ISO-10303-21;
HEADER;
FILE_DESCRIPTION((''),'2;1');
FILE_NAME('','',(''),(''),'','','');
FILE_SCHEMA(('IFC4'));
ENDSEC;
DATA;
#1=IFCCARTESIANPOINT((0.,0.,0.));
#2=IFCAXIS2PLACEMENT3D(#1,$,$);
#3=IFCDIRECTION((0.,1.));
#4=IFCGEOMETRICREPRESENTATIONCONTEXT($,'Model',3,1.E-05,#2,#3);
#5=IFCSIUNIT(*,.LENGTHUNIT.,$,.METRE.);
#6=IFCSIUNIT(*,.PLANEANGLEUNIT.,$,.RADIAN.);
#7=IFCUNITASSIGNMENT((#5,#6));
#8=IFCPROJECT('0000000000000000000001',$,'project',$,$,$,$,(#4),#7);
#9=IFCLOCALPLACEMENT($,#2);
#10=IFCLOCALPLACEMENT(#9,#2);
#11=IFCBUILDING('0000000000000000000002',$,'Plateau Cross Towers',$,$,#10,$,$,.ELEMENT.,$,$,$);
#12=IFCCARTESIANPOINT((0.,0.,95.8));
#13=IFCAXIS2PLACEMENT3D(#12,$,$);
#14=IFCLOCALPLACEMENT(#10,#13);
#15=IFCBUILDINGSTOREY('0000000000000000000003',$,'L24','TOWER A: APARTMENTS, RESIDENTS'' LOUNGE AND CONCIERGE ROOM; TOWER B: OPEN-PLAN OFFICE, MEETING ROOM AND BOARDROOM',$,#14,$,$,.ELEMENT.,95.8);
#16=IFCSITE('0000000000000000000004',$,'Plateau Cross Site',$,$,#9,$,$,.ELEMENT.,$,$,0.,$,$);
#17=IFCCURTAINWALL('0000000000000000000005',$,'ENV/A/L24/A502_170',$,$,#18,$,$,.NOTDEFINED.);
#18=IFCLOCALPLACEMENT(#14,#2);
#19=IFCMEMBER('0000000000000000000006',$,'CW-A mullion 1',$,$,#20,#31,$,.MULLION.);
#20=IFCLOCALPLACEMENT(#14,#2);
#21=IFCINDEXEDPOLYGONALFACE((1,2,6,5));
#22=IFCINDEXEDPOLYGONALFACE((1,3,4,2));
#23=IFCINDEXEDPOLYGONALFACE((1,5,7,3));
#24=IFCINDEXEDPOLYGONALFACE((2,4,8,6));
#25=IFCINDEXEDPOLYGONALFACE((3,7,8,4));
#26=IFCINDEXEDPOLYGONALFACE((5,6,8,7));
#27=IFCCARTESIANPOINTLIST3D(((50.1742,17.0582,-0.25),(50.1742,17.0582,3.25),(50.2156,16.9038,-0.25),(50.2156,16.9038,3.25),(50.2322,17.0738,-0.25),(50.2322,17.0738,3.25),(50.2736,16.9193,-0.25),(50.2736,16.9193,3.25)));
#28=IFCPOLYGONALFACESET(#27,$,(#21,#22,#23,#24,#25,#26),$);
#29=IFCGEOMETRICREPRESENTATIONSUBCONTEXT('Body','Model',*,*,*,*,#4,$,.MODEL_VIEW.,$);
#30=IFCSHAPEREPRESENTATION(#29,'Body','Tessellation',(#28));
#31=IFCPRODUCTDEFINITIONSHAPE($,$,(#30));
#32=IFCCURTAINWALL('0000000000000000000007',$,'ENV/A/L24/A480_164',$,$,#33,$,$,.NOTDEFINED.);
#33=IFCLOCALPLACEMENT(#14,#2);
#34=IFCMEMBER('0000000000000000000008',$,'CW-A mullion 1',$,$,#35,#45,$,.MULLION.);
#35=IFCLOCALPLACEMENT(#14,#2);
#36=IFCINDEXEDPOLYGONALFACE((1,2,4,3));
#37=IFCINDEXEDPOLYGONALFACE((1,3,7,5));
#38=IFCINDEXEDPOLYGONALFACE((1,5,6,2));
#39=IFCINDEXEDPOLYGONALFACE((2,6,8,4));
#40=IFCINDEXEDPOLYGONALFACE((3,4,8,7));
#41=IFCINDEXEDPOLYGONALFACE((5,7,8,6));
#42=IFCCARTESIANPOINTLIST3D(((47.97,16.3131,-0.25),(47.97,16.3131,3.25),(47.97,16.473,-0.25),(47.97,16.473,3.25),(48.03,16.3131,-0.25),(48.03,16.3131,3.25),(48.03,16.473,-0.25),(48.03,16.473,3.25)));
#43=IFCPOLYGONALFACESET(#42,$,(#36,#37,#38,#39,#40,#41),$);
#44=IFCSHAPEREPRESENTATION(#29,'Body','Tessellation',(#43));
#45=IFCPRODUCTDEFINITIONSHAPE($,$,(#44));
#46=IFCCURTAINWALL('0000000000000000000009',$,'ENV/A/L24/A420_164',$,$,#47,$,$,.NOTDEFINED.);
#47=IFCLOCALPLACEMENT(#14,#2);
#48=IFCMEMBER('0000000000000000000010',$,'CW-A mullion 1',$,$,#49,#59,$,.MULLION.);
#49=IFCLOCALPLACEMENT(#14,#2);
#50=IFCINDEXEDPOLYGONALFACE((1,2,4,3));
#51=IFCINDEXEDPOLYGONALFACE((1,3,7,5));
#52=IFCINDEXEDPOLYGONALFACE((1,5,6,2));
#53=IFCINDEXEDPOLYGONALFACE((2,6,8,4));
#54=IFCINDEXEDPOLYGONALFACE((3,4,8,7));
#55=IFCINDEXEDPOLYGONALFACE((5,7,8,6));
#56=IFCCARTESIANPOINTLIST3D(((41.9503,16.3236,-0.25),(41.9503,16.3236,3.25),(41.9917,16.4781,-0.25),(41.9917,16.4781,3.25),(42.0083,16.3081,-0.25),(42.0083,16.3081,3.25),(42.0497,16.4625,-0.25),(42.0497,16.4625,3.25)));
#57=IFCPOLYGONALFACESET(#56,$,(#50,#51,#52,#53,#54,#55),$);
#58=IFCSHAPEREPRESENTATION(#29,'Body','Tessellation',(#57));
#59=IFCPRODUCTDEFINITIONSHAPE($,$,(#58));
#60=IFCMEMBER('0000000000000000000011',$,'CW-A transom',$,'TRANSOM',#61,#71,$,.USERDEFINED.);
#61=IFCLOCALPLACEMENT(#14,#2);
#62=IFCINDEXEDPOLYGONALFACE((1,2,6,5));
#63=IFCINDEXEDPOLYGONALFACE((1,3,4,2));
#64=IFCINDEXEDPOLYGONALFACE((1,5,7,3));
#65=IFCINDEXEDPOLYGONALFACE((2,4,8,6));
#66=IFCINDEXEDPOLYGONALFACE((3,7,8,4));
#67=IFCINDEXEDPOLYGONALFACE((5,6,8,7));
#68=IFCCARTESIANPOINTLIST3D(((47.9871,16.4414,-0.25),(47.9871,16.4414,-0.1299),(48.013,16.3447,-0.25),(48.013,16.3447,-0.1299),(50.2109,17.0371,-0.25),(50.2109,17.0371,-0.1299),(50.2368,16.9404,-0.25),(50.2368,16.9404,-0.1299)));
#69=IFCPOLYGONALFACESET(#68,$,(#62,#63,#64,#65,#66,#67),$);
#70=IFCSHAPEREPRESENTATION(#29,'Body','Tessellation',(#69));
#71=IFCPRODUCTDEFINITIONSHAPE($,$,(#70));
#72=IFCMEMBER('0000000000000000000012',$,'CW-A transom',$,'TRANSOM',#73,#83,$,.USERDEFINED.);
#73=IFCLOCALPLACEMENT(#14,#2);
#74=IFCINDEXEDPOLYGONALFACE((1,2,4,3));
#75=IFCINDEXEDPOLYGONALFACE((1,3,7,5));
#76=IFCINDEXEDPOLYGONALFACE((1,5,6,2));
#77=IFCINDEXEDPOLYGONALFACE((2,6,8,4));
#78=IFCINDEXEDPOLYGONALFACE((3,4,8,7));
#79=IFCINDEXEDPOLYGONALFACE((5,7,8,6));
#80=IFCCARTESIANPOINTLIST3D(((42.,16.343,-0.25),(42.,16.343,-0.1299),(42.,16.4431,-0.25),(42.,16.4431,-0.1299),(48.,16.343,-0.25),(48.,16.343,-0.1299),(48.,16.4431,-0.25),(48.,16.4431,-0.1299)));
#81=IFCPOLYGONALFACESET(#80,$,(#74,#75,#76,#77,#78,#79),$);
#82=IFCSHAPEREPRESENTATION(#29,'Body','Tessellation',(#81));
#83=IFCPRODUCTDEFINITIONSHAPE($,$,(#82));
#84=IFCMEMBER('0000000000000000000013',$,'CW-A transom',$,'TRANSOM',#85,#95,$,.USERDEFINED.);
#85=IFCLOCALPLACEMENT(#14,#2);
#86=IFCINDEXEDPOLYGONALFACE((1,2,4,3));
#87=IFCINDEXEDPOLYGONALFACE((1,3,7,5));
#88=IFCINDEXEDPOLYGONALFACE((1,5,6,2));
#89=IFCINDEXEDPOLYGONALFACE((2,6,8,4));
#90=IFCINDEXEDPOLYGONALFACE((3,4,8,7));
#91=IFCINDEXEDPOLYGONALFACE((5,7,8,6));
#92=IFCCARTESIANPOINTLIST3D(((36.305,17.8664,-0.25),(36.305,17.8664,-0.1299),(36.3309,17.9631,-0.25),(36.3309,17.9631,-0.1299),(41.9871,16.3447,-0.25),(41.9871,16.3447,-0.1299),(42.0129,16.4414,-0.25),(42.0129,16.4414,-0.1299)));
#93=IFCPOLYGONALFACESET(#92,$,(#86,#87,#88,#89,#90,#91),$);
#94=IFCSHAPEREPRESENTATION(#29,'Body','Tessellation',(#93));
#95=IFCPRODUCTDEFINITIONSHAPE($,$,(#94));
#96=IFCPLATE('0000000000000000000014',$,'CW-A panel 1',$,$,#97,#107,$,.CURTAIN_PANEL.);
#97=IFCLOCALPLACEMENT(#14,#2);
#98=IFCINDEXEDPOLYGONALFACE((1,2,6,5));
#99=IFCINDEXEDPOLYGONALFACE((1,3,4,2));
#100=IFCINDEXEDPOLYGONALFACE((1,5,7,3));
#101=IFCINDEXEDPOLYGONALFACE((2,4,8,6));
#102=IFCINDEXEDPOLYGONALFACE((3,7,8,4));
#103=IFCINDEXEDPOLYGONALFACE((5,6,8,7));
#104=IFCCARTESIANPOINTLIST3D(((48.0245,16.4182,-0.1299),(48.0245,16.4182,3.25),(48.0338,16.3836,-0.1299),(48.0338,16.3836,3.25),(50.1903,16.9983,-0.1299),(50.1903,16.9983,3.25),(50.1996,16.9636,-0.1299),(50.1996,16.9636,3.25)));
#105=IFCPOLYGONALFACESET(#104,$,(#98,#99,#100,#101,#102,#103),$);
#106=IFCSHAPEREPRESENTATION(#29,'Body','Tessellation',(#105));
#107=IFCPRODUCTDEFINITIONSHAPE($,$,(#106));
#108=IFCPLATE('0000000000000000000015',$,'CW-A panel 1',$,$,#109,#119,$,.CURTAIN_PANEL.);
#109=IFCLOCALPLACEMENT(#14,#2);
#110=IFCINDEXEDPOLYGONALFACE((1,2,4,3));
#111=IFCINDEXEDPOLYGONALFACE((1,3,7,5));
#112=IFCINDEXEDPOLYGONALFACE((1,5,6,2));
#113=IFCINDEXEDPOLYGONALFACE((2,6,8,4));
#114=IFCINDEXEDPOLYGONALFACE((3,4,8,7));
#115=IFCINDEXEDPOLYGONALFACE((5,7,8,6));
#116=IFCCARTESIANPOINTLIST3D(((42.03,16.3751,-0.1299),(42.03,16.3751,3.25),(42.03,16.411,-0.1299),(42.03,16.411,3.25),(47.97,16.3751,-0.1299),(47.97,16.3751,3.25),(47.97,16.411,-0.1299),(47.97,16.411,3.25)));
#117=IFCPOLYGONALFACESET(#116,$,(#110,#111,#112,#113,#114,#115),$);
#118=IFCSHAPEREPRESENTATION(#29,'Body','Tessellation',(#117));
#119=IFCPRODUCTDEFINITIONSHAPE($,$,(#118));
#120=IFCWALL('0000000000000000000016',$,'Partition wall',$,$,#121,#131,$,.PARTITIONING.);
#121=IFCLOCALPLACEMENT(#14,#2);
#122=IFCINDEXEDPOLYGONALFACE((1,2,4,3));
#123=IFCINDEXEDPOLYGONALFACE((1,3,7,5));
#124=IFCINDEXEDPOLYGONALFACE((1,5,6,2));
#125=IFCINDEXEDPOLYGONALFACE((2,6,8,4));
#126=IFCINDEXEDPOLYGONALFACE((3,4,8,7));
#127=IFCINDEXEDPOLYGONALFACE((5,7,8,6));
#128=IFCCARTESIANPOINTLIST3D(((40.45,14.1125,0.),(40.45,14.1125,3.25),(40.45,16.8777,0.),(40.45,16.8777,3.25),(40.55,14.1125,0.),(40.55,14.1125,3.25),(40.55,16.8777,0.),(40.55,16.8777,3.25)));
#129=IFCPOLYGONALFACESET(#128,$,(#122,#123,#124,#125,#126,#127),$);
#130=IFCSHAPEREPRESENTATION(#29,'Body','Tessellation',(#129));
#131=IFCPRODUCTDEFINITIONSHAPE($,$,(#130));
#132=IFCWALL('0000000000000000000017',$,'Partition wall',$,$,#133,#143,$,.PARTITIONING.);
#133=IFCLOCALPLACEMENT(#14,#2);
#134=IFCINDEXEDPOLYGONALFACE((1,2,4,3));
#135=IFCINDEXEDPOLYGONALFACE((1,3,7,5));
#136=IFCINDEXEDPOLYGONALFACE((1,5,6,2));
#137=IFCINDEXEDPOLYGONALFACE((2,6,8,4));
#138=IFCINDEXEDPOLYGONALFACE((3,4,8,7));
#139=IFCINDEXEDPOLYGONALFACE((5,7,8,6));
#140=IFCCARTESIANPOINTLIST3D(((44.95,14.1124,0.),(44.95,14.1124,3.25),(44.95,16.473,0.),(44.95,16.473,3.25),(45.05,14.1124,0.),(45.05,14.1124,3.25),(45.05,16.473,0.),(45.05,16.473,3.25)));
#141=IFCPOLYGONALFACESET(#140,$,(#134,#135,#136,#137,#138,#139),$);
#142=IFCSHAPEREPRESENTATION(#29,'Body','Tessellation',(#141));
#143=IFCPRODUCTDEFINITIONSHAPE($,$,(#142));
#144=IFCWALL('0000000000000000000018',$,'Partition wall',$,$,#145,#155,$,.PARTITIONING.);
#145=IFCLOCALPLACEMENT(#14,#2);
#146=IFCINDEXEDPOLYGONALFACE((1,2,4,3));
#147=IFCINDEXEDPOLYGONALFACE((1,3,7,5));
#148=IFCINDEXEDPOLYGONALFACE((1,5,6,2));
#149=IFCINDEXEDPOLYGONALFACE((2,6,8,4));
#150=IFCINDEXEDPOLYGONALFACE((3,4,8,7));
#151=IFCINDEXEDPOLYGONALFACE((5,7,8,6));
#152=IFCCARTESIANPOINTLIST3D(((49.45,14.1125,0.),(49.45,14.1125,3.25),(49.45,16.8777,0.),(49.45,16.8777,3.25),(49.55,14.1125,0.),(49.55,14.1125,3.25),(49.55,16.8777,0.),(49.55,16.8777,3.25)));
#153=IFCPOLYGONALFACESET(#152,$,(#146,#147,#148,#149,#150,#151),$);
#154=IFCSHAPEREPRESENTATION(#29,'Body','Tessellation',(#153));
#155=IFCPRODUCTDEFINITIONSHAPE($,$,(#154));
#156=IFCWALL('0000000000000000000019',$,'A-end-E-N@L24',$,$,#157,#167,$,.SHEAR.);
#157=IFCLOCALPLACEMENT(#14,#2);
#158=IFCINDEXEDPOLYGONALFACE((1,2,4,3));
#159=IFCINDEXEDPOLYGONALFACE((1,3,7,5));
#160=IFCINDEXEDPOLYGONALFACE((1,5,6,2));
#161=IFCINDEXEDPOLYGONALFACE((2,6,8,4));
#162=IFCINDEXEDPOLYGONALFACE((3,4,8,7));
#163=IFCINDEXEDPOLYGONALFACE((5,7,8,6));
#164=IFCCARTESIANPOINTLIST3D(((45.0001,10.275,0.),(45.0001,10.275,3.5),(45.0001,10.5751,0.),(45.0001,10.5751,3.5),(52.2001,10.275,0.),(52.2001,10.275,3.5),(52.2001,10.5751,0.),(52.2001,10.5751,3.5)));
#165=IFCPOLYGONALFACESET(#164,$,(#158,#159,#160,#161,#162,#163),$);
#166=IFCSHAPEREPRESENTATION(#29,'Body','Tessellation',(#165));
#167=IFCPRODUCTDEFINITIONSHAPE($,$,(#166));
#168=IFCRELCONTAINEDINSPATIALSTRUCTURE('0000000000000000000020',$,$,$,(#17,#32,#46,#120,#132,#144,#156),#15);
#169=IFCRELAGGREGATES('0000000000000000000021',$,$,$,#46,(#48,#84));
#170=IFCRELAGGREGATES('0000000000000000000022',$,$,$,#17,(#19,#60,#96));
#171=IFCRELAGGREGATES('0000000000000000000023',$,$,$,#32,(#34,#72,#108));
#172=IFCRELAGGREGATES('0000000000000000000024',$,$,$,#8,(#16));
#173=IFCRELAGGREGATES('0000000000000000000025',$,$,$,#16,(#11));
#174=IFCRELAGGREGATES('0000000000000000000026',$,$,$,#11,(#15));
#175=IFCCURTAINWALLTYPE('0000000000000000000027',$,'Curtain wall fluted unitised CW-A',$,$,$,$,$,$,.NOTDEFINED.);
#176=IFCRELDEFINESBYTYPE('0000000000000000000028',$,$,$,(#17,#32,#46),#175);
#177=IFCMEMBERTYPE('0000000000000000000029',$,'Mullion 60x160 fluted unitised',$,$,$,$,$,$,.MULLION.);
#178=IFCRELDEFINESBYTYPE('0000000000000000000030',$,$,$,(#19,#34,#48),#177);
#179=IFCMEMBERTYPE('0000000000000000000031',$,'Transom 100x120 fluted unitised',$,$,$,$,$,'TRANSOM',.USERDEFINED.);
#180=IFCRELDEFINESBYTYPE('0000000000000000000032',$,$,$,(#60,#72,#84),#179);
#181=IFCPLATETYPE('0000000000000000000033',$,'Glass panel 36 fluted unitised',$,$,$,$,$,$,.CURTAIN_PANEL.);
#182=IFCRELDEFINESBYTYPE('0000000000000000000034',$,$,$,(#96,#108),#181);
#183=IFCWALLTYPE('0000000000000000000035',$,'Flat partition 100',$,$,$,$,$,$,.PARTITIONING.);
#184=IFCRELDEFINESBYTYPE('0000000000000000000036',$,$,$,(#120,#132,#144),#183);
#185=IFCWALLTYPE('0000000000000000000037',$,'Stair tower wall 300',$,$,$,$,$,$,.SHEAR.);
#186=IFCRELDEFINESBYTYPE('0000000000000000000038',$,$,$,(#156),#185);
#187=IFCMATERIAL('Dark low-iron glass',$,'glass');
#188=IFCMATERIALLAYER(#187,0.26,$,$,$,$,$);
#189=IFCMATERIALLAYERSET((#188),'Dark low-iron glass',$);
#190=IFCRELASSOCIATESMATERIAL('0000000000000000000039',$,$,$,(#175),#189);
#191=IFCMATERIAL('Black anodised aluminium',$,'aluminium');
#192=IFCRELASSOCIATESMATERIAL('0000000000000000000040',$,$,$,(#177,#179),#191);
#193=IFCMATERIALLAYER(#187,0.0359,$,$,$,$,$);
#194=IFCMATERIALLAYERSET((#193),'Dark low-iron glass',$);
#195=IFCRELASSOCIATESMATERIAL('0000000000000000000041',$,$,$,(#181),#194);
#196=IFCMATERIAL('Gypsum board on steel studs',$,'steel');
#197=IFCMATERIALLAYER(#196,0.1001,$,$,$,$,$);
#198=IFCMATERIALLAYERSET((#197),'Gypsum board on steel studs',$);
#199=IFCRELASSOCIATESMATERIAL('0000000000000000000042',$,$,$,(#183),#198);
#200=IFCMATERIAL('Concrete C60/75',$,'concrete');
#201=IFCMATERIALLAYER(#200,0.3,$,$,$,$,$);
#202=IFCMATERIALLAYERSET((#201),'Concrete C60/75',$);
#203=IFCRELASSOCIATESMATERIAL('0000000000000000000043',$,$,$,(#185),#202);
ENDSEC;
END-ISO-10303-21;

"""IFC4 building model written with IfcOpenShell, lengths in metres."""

from ifc_helpers import new_model, si_unit, direction, frame, frame_2d, origin, origin_2d, place, context, subcontext, project, spatial, rectangle, extrude, material, layer, layer_set, material_profile, profile_set, type_object, element, aggregate, save


model = new_model("IFC4")

# Units and contexts
model_context = context("Model", 3, precision=1e-05, world=origin(), true_north=direction((0.0, 1.0)))
body_context = subcontext(model_context, "Body", "Model", "MODEL_VIEW")
ifc_project = project(units=[si_unit("LENGTHUNIT", "METRE"), si_unit("PLANEANGLEUNIT", "RADIAN")], contexts=[model_context])

# Site, building, storey
site_placement = place(None, origin())
site = spatial("IfcSite", under=ifc_project, at=site_placement, Name="Plateau Cross Site", CompositionType="ELEMENT", RefElevation=0.0)
building_placement = place(site_placement, origin())
building = spatial("IfcBuilding", under=site, at=building_placement, Name="Plateau Cross Towers", CompositionType="ELEMENT")
storey_placement = place(building_placement, frame((0.0, 0.0, 95.8)))
storey = spatial("IfcBuildingStorey", under=building, at=storey_placement, Name="L24", Description="TOWER A: APARTMENTS, RESIDENTS' LOUNGE AND CONCIERGE ROOM; TOWER B: OPEN-PLAN OFFICE, MEETING ROOM AND BOARDROOM", CompositionType="ELEMENT", Elevation=95.8)

# Curtain walls, members
ifc_material_1 = material(Name="Dark low-iron glass", Category="glass")
ifc_layer_1 = layer(ifc_material_1, 0.26)
ifc_layer_set_1 = layer_set([ifc_layer_1], Name="Dark low-iron glass")
curtain_wall_type = type_object("IfcCurtainWallType", Name="Curtain wall fluted unitised CW-A", PredefinedType="NOTDEFINED", material=ifc_layer_set_1)
curtain_wall_1_placement = place(storey_placement, origin())
curtain_wall_1 = element("IfcCurtainWall", 1, at=curtain_wall_1_placement, inside=storey, type_object=curtain_wall_type, Name="ENV/A/L24/A502_170", PredefinedType="NOTDEFINED")
ifc_material_2 = material(Name="Black anodised aluminium", Category="aluminium")
ifc_material_profile_1 = material_profile(ifc_material_2, rectangle(XDim=0.0601, YDim=0.1599, at=origin_2d()), Name="MULLION 60x160")
ifc_profile_set_1 = profile_set([ifc_material_profile_1], Name="Black anodised aluminium")
member_type_1 = type_object("IfcMemberType", Name="Mullion 60x160 fluted unitised", PredefinedType="MULLION", material=ifc_profile_set_1)
member_1_placement = place(storey_placement, frame((50.2239, 16.9888, -0.25), z_axis=(0.0, 0.0, 1.0), x_axis=(-0.965958, -0.258699, 0.0)))
member_1 = element("IfcMember", 2, at=member_1_placement, type_object=member_type_1, Name="CW-A mullion 1", PredefinedType="MULLION", context=body_context, shape_type="SweptSolid", body=[
    extrude(rectangle(XDim=0.0601, YDim=0.1599, at=origin_2d()), origin(), (0.0, 0.0, 1.0), 3.5),
])
curtain_wall_2_placement = place(storey_placement, origin())
curtain_wall_2 = element("IfcCurtainWall", 3, at=curtain_wall_2_placement, inside=storey, type_object=curtain_wall_type, Name="ENV/A/L24/A480_164", PredefinedType="NOTDEFINED")
member_2_placement = place(storey_placement, frame((48.0, 16.3931, -0.25), z_axis=(0.0, 0.0, 1.0), x_axis=(-1.0, 0.0, 0.0)))
member_2 = element("IfcMember", 4, at=member_2_placement, type_object=member_type_1, Name="CW-A mullion 1", PredefinedType="MULLION", context=body_context, shape_type="SweptSolid", body=[
    extrude(rectangle(XDim=0.0601, YDim=0.1599, at=origin_2d()), origin(), (0.0, 0.0, 1.0), 3.5),
])
curtain_wall_3_placement = place(storey_placement, origin())
curtain_wall_3 = element("IfcCurtainWall", 5, at=curtain_wall_3_placement, inside=storey, type_object=curtain_wall_type, Name="ENV/A/L24/A420_164", PredefinedType="NOTDEFINED")
member_3_placement = place(storey_placement, frame((42.0, 16.3931, -0.25), z_axis=(0.0, 0.0, 1.0), x_axis=(-0.965958, 0.258699, 0.0)))
member_3 = element("IfcMember", 6, at=member_3_placement, type_object=member_type_1, Name="CW-A mullion 1", PredefinedType="MULLION", context=body_context, shape_type="SweptSolid", body=[
    extrude(rectangle(XDim=0.0601, YDim=0.1599, at=origin_2d()), origin(), (0.0, 0.0, 1.0), 3.5),
])

# Members
ifc_material_profile_2 = material_profile(ifc_material_2, rectangle(XDim=0.1001, YDim=0.1201, at=origin_2d()), Name="TRANSOM 100x120")
ifc_profile_set_2 = profile_set([ifc_material_profile_2], Name="Black anodised aluminium")
member_type_2 = type_object("IfcMemberType", Name="Transom 100x120 fluted unitised", ElementType="TRANSOM", PredefinedType="USERDEFINED", material=ifc_profile_set_2)
member_4_placement = place(storey_placement, frame((50.2239, 16.9888, -0.1899), z_axis=(-0.965946, -0.258745, 0.0), x_axis=(0.258745, -0.965946, 0.0)))
member_4 = element("IfcMember", 7, at=member_4_placement, type_object=member_type_2, Name="CW-A transom", ObjectType="TRANSOM", PredefinedType="USERDEFINED", context=body_context, shape_type="SweptSolid", body=[
    extrude(rectangle(XDim=0.1001, YDim=0.1201, at=origin_2d()), origin(), (0.0, 0.0, 1.0), 2.3022),
])
member_5_placement = place(storey_placement, frame((48.0, 16.3931, -0.1899), z_axis=(-1.0, 0.0, 0.0), x_axis=(0.0, -1.0, 0.0)))
member_5 = element("IfcMember", 8, at=member_5_placement, type_object=member_type_2, Name="CW-A transom", ObjectType="TRANSOM", PredefinedType="USERDEFINED", context=body_context, shape_type="SweptSolid", body=[
    extrude(rectangle(XDim=0.1001, YDim=0.1201, at=origin_2d()), origin(), (0.0, 0.0, 1.0), 6.0),
])
member_6_placement = place(storey_placement, frame((42.0, 16.3931, -0.1899), z_axis=(-0.96596, 0.258693, 0.0), x_axis=(-0.258693, -0.96596, 0.0)))
member_6 = element("IfcMember", 9, at=member_6_placement, type_object=member_type_2, Name="CW-A transom", ObjectType="TRANSOM", PredefinedType="USERDEFINED", context=body_context, shape_type="SweptSolid", body=[
    extrude(rectangle(XDim=0.1001, YDim=0.1201, at=origin_2d()), origin(), (0.0, 0.0, 1.0), 5.8823),
])
aggregate(curtain_wall_3, [member_3, member_6])

# Plates
ifc_layer_2 = layer(ifc_material_1, 0.0359)
ifc_layer_set_2 = layer_set([ifc_layer_2], Name="Dark low-iron glass")
plate_type = type_object("IfcPlateType", Name="Glass panel 36 fluted unitised", PredefinedType="CURTAIN_PANEL", material=ifc_layer_set_2)
plate_1_placement = place(storey_placement, frame((49.1121, 16.6909, -0.1299), z_axis=(0.0, 0.0, 1.0), x_axis=(-0.965958, -0.258699, 0.0)))
plate_1 = element("IfcPlate", 10, at=plate_1_placement, type_object=plate_type, Name="CW-A panel 1", PredefinedType="CURTAIN_PANEL", context=body_context, shape_type="SweptSolid", body=[
    extrude(rectangle(XDim=2.2422, YDim=0.0359, at=origin_2d()), origin(), (0.0, 0.0, 1.0), 3.3799),
])
aggregate(curtain_wall_1, [member_1, member_4, plate_1])
plate_2_placement = place(storey_placement, frame((45.0, 16.3931, -0.1299), z_axis=(0.0, 0.0, 1.0), x_axis=(-1.0, 0.0, 0.0)))
plate_2 = element("IfcPlate", 11, at=plate_2_placement, type_object=plate_type, Name="CW-A panel 1", PredefinedType="CURTAIN_PANEL", context=body_context, shape_type="SweptSolid", body=[
    extrude(rectangle(XDim=5.9399, YDim=0.0359, at=origin_2d()), origin(), (0.0, 0.0, 1.0), 3.3799),
])
aggregate(curtain_wall_2, [member_2, member_5, plate_2])

# Walls
ifc_material_3 = material(Name="Gypsum board on steel studs", Category="steel")
ifc_layer_3 = layer(ifc_material_3, 0.1001)
ifc_layer_set_3 = layer_set([ifc_layer_3], Name="Gypsum board on steel studs")
wall_type_1 = type_object("IfcWallType", Name="Flat partition 100", PredefinedType="PARTITIONING", material=ifc_layer_set_3)
wall_1_placement = place(storey_placement, frame((40.5, 16.8777, 0.0), z_axis=(0.0, 0.0, 1.0), x_axis=(0.0, -1.0, 0.0)))
element("IfcWall", 12, at=wall_1_placement, inside=storey, type_object=wall_type_1, Name="Partition wall", PredefinedType="PARTITIONING", context=body_context, shape_type="SweptSolid", body=[
    extrude(rectangle(XDim=2.7651, YDim=0.1001, at=frame_2d((1.3826, 0.0))), origin(), (0.0, 0.0, 1.0), 3.25),
])
wall_2_placement = place(storey_placement, frame((45.0, 14.1125, 0.0), z_axis=(0.0, 0.0, 1.0), x_axis=(0.0, 1.0, 0.0)))
element("IfcWall", 13, at=wall_2_placement, inside=storey, type_object=wall_type_1, Name="Partition wall", PredefinedType="PARTITIONING", context=body_context, shape_type="SweptSolid", body=[
    extrude(rectangle(XDim=2.3606, YDim=0.1001, at=frame_2d((1.1802, 0.0))), origin(), (0.0, 0.0, 1.0), 3.25),
])
wall_3_placement = place(storey_placement, frame((49.5, 14.1125, 0.0), z_axis=(0.0, 0.0, 1.0), x_axis=(0.0, 1.0, 0.0)))
element("IfcWall", 14, at=wall_3_placement, inside=storey, type_object=wall_type_1, Name="Partition wall", PredefinedType="PARTITIONING", context=body_context, shape_type="SweptSolid", body=[
    extrude(rectangle(XDim=2.7651, YDim=0.1001, at=frame_2d((1.3826, 0.0))), origin(), (0.0, 0.0, 1.0), 3.25),
])
ifc_material_4 = material(Name="Concrete C60/75", Category="concrete")
ifc_layer_4 = layer(ifc_material_4, 0.3)
ifc_layer_set_4 = layer_set([ifc_layer_4], Name="Concrete C60/75")
wall_type_2 = type_object("IfcWallType", Name="Stair tower wall 300", PredefinedType="SHEAR", material=ifc_layer_set_4)
wall_4_placement = place(storey_placement, frame((45.0, 10.425, 0.0), z_axis=(0.0, 0.0, 1.0), x_axis=(1.0, 0.0, 0.0)))
element("IfcWall", 15, at=wall_4_placement, inside=storey, type_object=wall_type_2, Name="A-end-E-N@L24", PredefinedType="SHEAR", context=body_context, shape_type="SweptSolid", body=[
    extrude(rectangle(XDim=7.2, YDim=0.3, at=frame_2d((3.6001, 0.0))), origin(), (0.0, 0.0, 1.0), 3.5),
])

save(model, "model.ifc")
